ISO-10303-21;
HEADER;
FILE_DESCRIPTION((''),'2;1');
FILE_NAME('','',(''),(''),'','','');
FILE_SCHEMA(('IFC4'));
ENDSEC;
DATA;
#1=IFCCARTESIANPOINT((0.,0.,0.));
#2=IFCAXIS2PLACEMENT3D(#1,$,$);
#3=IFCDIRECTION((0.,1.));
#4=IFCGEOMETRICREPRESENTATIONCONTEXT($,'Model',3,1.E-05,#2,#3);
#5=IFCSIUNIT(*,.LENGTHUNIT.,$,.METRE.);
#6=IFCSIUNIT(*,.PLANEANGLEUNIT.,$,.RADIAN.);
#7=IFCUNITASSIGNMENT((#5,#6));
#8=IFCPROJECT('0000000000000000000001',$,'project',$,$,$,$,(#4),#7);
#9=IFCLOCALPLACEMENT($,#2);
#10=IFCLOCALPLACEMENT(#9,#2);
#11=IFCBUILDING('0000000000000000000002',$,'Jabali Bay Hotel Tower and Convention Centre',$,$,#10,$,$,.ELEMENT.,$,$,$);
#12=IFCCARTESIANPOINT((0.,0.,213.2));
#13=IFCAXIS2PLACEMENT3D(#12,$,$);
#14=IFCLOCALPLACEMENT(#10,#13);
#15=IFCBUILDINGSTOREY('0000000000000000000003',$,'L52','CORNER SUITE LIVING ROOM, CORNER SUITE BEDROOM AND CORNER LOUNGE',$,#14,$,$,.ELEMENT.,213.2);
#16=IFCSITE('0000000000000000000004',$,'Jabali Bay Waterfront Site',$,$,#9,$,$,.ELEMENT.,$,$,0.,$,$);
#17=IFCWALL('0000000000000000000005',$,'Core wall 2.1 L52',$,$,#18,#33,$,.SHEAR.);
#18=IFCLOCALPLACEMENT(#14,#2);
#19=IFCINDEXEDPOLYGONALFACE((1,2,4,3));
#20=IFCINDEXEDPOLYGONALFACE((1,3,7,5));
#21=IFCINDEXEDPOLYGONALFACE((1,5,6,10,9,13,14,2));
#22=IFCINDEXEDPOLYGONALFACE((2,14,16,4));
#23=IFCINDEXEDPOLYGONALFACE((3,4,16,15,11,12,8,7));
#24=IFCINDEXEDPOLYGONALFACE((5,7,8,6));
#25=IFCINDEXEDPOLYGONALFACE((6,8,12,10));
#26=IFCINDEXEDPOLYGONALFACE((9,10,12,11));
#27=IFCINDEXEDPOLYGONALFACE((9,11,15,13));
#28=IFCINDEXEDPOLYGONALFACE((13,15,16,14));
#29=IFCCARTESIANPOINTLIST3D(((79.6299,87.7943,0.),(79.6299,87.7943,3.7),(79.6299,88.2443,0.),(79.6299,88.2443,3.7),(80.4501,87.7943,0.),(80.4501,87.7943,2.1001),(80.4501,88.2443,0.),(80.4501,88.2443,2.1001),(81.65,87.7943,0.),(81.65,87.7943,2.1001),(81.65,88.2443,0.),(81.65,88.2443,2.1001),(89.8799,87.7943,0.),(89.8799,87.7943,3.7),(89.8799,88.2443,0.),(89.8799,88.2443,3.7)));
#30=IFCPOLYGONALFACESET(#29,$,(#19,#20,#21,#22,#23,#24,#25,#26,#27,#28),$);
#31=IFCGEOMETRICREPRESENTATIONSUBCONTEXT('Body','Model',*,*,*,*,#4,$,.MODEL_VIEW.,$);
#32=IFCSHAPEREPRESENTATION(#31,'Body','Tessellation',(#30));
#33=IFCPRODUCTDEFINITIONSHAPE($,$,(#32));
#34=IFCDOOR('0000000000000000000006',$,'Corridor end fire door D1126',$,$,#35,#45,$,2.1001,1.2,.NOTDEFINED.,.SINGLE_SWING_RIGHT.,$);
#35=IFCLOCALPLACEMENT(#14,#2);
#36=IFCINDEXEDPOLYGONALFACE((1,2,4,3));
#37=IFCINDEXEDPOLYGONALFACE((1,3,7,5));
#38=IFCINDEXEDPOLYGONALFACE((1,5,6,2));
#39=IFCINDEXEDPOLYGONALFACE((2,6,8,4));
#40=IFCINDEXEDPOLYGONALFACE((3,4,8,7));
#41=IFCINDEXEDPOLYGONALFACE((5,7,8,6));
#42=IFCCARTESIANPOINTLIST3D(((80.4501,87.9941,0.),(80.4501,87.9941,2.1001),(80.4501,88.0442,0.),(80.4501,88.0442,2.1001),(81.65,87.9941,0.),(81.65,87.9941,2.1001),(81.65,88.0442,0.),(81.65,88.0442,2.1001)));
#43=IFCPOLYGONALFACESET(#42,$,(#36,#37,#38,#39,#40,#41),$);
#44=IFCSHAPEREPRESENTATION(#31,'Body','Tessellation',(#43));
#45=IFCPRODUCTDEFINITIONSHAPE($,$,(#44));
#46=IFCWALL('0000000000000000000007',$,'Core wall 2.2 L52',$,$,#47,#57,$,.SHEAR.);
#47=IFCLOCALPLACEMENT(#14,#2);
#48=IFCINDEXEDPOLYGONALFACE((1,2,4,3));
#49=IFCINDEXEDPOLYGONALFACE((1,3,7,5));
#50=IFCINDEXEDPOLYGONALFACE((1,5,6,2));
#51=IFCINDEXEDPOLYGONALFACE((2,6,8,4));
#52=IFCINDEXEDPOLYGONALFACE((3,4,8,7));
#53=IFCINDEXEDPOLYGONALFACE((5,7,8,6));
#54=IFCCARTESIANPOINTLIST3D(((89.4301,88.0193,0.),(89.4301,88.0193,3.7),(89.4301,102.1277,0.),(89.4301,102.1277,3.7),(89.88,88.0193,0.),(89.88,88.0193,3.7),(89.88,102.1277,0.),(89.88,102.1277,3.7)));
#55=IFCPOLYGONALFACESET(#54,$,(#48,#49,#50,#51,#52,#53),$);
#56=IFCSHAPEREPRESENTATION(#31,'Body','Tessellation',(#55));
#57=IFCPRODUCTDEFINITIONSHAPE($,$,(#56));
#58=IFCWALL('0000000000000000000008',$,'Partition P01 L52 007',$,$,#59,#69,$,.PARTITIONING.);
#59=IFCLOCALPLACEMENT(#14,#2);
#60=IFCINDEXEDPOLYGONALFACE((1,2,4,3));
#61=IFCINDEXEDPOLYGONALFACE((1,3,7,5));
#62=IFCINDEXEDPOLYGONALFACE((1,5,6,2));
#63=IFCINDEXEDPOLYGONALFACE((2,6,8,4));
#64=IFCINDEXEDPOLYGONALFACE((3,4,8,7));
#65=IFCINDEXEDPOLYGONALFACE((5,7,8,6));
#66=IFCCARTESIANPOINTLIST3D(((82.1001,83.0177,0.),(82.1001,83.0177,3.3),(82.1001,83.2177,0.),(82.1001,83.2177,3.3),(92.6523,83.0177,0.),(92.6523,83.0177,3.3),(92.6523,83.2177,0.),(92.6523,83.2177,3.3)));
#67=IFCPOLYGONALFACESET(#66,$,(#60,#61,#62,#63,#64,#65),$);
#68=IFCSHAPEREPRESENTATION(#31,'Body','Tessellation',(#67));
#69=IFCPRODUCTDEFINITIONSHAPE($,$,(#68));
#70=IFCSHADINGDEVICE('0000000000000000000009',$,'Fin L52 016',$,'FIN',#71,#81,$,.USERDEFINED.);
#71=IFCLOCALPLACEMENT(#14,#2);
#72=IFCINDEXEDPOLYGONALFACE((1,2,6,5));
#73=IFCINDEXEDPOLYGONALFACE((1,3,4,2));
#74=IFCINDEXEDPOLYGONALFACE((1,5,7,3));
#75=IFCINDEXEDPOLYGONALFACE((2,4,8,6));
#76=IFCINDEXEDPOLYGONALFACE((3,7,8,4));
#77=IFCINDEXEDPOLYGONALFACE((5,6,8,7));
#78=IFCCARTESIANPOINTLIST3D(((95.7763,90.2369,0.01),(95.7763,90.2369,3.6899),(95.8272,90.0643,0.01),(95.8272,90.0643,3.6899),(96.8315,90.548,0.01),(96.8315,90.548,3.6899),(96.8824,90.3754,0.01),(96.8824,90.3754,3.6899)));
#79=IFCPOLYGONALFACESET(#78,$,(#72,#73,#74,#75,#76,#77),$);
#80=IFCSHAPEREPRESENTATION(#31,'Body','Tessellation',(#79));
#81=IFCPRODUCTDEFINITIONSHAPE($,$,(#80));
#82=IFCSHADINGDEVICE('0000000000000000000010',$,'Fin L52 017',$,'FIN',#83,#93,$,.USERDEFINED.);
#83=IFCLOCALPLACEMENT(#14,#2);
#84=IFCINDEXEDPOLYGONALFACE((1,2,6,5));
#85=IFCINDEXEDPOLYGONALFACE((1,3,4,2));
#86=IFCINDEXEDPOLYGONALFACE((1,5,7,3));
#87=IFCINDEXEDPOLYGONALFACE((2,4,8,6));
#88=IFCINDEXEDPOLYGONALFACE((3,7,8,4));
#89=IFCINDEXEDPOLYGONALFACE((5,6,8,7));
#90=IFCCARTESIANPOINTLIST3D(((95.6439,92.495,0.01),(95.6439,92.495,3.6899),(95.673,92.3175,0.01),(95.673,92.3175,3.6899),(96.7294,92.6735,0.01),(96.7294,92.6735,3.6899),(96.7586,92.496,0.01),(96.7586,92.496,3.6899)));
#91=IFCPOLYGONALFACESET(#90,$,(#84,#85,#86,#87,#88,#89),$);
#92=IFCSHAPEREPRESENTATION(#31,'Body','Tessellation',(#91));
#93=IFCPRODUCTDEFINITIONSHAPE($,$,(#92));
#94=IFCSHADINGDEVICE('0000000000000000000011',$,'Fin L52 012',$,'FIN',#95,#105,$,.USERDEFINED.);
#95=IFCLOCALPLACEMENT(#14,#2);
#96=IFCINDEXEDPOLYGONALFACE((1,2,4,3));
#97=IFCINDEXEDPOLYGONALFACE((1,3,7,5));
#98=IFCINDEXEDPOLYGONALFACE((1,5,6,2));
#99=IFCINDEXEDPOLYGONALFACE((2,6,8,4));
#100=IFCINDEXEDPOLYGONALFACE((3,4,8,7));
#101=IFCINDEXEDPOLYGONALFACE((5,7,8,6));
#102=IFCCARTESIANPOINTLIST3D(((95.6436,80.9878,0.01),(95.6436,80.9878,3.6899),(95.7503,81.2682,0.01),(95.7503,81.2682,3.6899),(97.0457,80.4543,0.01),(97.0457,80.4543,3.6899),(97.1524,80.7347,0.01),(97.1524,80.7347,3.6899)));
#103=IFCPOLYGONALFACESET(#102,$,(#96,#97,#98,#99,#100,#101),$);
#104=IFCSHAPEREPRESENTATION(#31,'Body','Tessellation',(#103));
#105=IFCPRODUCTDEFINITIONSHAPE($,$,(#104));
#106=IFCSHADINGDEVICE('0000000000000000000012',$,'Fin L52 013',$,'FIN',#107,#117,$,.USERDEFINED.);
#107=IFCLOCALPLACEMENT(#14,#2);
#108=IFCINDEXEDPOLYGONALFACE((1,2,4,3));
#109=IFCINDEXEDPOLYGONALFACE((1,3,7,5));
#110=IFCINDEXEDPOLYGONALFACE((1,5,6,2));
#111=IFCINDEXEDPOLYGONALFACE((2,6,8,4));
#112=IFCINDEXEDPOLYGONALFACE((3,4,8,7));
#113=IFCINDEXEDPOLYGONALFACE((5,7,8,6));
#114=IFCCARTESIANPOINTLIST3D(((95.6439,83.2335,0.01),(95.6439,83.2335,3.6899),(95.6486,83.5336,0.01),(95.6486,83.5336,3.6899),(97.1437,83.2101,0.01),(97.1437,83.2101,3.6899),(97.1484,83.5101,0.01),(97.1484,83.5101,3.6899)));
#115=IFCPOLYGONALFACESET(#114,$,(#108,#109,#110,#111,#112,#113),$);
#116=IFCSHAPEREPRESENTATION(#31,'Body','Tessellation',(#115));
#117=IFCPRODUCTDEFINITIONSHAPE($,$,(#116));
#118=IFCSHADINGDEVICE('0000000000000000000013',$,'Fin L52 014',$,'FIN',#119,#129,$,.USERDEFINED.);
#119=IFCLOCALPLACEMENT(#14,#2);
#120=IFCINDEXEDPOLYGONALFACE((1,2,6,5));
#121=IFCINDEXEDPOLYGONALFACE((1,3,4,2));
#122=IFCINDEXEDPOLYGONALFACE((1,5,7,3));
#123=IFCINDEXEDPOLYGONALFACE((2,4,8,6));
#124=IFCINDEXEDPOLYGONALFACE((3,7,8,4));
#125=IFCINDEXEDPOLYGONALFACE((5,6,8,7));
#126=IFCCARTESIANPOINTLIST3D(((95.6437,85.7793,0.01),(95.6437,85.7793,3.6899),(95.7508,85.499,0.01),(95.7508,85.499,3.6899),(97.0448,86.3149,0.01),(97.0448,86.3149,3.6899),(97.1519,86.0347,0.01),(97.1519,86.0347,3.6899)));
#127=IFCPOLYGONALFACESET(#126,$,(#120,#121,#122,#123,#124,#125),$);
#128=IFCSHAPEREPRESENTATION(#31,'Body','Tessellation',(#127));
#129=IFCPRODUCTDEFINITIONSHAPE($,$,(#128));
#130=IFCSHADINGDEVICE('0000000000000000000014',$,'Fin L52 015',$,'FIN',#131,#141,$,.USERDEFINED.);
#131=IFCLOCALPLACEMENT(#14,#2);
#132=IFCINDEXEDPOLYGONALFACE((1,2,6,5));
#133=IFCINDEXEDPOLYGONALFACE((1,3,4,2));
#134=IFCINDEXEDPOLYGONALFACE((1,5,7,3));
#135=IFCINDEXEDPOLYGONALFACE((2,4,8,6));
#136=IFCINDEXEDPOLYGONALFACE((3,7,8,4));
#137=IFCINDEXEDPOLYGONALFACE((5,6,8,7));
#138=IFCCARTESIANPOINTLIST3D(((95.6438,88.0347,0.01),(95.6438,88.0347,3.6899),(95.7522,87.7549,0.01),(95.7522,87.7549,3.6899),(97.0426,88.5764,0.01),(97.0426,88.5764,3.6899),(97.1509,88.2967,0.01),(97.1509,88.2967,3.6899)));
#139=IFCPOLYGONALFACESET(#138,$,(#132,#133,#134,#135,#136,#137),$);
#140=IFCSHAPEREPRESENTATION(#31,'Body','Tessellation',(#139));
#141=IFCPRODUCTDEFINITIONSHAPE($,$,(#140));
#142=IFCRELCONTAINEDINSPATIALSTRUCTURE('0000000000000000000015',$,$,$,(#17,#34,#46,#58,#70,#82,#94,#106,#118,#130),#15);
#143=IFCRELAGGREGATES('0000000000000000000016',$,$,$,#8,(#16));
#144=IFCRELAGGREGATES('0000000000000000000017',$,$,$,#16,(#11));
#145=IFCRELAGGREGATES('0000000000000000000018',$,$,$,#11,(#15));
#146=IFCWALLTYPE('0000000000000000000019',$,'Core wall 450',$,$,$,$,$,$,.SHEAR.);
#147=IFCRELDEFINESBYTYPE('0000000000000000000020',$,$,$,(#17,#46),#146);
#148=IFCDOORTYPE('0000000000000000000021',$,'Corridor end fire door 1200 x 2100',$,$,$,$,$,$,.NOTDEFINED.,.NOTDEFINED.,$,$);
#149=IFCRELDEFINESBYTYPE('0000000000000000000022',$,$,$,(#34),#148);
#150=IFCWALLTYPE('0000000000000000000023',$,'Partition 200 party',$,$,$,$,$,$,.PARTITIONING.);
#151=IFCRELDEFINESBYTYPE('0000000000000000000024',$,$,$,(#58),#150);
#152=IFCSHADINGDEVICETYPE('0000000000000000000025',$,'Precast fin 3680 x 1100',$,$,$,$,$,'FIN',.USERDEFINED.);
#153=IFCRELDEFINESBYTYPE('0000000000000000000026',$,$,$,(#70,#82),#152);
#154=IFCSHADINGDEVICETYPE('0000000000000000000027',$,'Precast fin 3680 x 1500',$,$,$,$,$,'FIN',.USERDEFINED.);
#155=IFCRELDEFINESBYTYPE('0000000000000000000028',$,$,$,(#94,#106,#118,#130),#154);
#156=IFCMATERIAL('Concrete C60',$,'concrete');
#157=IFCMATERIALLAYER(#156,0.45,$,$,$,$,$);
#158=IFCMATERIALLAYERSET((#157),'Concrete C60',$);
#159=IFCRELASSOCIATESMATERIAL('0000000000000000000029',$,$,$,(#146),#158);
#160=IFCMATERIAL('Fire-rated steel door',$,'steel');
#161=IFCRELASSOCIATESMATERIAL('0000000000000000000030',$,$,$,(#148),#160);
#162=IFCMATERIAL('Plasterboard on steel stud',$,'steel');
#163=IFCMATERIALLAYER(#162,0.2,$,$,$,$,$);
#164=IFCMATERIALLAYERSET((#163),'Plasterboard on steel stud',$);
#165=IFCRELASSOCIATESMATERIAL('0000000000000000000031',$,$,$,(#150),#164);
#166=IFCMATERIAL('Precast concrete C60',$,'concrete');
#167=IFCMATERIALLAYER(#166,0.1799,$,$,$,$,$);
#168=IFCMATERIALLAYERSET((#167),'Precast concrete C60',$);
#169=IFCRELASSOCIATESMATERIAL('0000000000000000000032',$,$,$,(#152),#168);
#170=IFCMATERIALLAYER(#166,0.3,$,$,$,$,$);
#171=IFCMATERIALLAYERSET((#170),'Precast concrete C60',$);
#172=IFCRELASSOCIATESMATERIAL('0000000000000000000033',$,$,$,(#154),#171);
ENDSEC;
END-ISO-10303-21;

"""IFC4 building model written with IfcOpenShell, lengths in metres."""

from ifc_helpers import new_model, si_unit, direction, frame, frame_2d, origin, place, context, subcontext, project, spatial, rectangle, extrude, material, layer, layer_set, type_object, element, fill, save


model = new_model("IFC4")

# Units and contexts
model_context = context("Model", 3, precision=1e-05, world=origin(), true_north=direction((0.0, 1.0)))
body_context = subcontext(model_context, "Body", "Model", "MODEL_VIEW")
ifc_project = project(units=[si_unit("LENGTHUNIT", "METRE"), si_unit("PLANEANGLEUNIT", "RADIAN")], contexts=[model_context])

# Site, building, storey
site_placement = place(None, origin())
site = spatial("IfcSite", under=ifc_project, at=site_placement, Name="Jabali Bay Waterfront Site", CompositionType="ELEMENT", RefElevation=0.0)
building_placement = place(site_placement, origin())
building = spatial("IfcBuilding", under=site, at=building_placement, Name="Jabali Bay Hotel Tower and Convention Centre", CompositionType="ELEMENT")
storey_placement = place(building_placement, frame((0.0, 0.0, 213.2)))
storey = spatial("IfcBuildingStorey", under=building, at=storey_placement, Name="L52", Description="CORNER SUITE LIVING ROOM, CORNER SUITE BEDROOM AND CORNER LOUNGE", CompositionType="ELEMENT", Elevation=213.2)

# Shared definitions
ifc_material_1 = material(Name="Concrete C60", Category="concrete")

# Shared definitions
ifc_material_2 = material(Name="Fire-rated steel door", Category="steel")

# Wall, opening, door
ifc_layer_1 = layer(ifc_material_1, 0.45)
ifc_layer_set_1 = layer_set([ifc_layer_1], Name="Concrete C60")
wall_type_1 = type_object("IfcWallType", Name="Core wall 450", PredefinedType="SHEAR", material=ifc_layer_set_1)
wall_1_placement = place(storey_placement, frame((79.6299, 88.0193, 0.0), z_axis=(0.0, 0.0, 1.0), x_axis=(1.0, 0.0, 0.0)))
wall_1 = element("IfcWall", 1, at=wall_1_placement, inside=storey, type_object=wall_type_1, Name="Core wall 2.1 L52", PredefinedType="SHEAR", context=body_context, shape_type="SweptSolid", body=[
    extrude(rectangle(XDim=10.25, YDim=0.45, at=frame_2d((5.125, 0.0))), origin(), (0.0, 0.0, 1.0), 3.7),
])
opening_1_placement = place(wall_1_placement, frame((0.8201, 0.0, 0.0)))
opening_1 = element("IfcOpeningElement", 2, at=opening_1_placement, cuts=wall_1, PredefinedType="OPENING", context=body_context, shape_type="SweptSolid", body=[
    extrude(rectangle(XDim=1.2, YDim=2.1001, at=frame_2d((0.6001, 1.05))), frame((0.0, 0.2354, 0.0), z_axis=(0.0, -1.0, 0.0), x_axis=(1.0, 0.0, 0.0)), (0.0, 0.0, 1.0), 0.4709),
])
door_type_1 = type_object("IfcDoorType", Name="Corridor end fire door 1200 x 2100", OperationType="NOTDEFINED", PredefinedType="NOTDEFINED", material=ifc_material_2)
door_1_placement = place(opening_1_placement, origin())
door_1 = element("IfcDoor", 3, at=door_1_placement, inside=storey, type_object=door_type_1, Name="Corridor end fire door D1126", OperationType="SINGLE_SWING_RIGHT", OverallHeight=2.1001, OverallWidth=1.2, PredefinedType="NOTDEFINED", context=body_context, shape_type="SweptSolid", body=[
    extrude(rectangle(XDim=1.2, YDim=2.1001, at=frame_2d((0.6001, 1.05))), frame((0.0, 0.0249, 0.0), z_axis=(0.0, -1.0, 0.0), x_axis=(1.0, 0.0, 0.0)), (0.0, 0.0, 1.0), 0.05),
])
fill(opening_1, door_1)

# Walls
wall_2_placement = place(storey_placement, frame((89.655, 88.0193, 0.0), z_axis=(0.0, 0.0, 1.0), x_axis=(0.0, 1.0, 0.0)))
element("IfcWall", 4, at=wall_2_placement, inside=storey, type_object=wall_type_1, Name="Core wall 2.2 L52", PredefinedType="SHEAR", context=body_context, shape_type="SweptSolid", body=[
    extrude(rectangle(XDim=14.1084, YDim=0.45, at=frame_2d((7.0542, 0.0))), origin(), (0.0, 0.0, 1.0), 3.7),
])
ifc_material_3 = material(Name="Plasterboard on steel stud", Category="steel")
ifc_layer_2 = layer(ifc_material_3, 0.2)
ifc_layer_set_2 = layer_set([ifc_layer_2], Name="Plasterboard on steel stud")
wall_type_2 = type_object("IfcWallType", Name="Partition 200 party", PredefinedType="PARTITIONING", material=ifc_layer_set_2)
wall_3_placement = place(storey_placement, frame((92.6523, 83.1177, 0.0), z_axis=(0.0, 0.0, 1.0), x_axis=(-1.0, 0.0, 0.0)))
element("IfcWall", 5, at=wall_3_placement, inside=storey, type_object=wall_type_2, Name="Partition P01 L52 007", PredefinedType="PARTITIONING", context=body_context, shape_type="SweptSolid", body=[
    extrude(rectangle(XDim=10.5522, YDim=0.2, at=frame_2d((5.2761, 0.0))), origin(), (0.0, 0.0, 1.0), 3.3),
])

# Shading devices
ifc_material_4 = material(Name="Precast concrete C60", Category="concrete")
ifc_layer_3 = layer(ifc_material_4, 0.1799)
ifc_layer_set_3 = layer_set([ifc_layer_3], Name="Precast concrete C60")
shading_device_type_1 = type_object("IfcShadingDeviceType", Name="Precast fin 3680 x 1100", ElementType="FIN", PredefinedType="USERDEFINED", material=ifc_layer_set_3)
for number, where, z_axis, x_axis, name in (
    (6, (95.8018, 90.1506, 0.01), (0.0, 0.0, 1.0), (0.959196, 0.282743, 0.0), "Fin L52 016"),
    (7, (95.6584, 92.4062, 0.01), (0.0, 0.0, 1.0), (0.986751, 0.162239, 0.0), "Fin L52 017"),
):
    element("IfcShadingDevice", number, at=place(storey_placement, frame(where, z_axis=z_axis, x_axis=x_axis)), inside=storey, type_object=shading_device_type_1, Name=name, ObjectType="FIN", PredefinedType="USERDEFINED", context=body_context, shape_type="SweptSolid", body=[
        extrude(rectangle(XDim=1.1001, YDim=0.1799, at=frame_2d((0.55, 0.0))), origin(), (0.0, 0.0, 1.0), 3.6799),
    ])
ifc_layer_4 = layer(ifc_material_4, 0.3)
ifc_layer_set_4 = layer_set([ifc_layer_4], Name="Precast concrete C60")
shading_device_type_2 = type_object("IfcShadingDeviceType", Name="Precast fin 3680 x 1500", ElementType="FIN", PredefinedType="USERDEFINED", material=ifc_layer_set_4)
shading_device_placement = place(storey_placement, frame((95.697, 81.1279, 0.01), z_axis=(0.0, 0.0, 1.0), x_axis=(0.93464, -0.355596, 0.0)))
element("IfcShadingDevice", 8, at=shading_device_placement, inside=storey, type_object=shading_device_type_2, Name="Fin L52 012", ObjectType="FIN", PredefinedType="USERDEFINED", context=body_context, shape_type="SweptSolid", body=[
    extrude(rectangle(XDim=1.5002, YDim=0.3, at=frame_2d((0.75, 0.0))), origin(), (0.0, 0.0, 1.0), 3.6799),
])
for number, where, z_axis, x_axis, name in (
    (9, (95.6462, 83.3835, 0.01), (0.0, 0.0, 1.0), (0.999878, -0.015626, 0.0), "Fin L52 013"),
    (10, (95.6973, 85.6392, 0.01), (0.0, 0.0, 1.0), (0.934069, 0.357092, 0.0), "Fin L52 014"),
    (11, (95.698, 87.8948, 0.01), (0.0, 0.0, 1.0), (0.932496, 0.361181, 0.0), "Fin L52 015"),
):
    element("IfcShadingDevice", number, at=place(storey_placement, frame(where, z_axis=z_axis, x_axis=x_axis)), inside=storey, type_object=shading_device_type_2, Name=name, ObjectType="FIN", PredefinedType="USERDEFINED", context=body_context, shape_type="SweptSolid", body=[
        extrude(rectangle(XDim=1.5, YDim=0.3, at=frame_2d((0.75, 0.0))), origin(), (0.0, 0.0, 1.0), 3.6799),
    ])

save(model, "model.ifc")
